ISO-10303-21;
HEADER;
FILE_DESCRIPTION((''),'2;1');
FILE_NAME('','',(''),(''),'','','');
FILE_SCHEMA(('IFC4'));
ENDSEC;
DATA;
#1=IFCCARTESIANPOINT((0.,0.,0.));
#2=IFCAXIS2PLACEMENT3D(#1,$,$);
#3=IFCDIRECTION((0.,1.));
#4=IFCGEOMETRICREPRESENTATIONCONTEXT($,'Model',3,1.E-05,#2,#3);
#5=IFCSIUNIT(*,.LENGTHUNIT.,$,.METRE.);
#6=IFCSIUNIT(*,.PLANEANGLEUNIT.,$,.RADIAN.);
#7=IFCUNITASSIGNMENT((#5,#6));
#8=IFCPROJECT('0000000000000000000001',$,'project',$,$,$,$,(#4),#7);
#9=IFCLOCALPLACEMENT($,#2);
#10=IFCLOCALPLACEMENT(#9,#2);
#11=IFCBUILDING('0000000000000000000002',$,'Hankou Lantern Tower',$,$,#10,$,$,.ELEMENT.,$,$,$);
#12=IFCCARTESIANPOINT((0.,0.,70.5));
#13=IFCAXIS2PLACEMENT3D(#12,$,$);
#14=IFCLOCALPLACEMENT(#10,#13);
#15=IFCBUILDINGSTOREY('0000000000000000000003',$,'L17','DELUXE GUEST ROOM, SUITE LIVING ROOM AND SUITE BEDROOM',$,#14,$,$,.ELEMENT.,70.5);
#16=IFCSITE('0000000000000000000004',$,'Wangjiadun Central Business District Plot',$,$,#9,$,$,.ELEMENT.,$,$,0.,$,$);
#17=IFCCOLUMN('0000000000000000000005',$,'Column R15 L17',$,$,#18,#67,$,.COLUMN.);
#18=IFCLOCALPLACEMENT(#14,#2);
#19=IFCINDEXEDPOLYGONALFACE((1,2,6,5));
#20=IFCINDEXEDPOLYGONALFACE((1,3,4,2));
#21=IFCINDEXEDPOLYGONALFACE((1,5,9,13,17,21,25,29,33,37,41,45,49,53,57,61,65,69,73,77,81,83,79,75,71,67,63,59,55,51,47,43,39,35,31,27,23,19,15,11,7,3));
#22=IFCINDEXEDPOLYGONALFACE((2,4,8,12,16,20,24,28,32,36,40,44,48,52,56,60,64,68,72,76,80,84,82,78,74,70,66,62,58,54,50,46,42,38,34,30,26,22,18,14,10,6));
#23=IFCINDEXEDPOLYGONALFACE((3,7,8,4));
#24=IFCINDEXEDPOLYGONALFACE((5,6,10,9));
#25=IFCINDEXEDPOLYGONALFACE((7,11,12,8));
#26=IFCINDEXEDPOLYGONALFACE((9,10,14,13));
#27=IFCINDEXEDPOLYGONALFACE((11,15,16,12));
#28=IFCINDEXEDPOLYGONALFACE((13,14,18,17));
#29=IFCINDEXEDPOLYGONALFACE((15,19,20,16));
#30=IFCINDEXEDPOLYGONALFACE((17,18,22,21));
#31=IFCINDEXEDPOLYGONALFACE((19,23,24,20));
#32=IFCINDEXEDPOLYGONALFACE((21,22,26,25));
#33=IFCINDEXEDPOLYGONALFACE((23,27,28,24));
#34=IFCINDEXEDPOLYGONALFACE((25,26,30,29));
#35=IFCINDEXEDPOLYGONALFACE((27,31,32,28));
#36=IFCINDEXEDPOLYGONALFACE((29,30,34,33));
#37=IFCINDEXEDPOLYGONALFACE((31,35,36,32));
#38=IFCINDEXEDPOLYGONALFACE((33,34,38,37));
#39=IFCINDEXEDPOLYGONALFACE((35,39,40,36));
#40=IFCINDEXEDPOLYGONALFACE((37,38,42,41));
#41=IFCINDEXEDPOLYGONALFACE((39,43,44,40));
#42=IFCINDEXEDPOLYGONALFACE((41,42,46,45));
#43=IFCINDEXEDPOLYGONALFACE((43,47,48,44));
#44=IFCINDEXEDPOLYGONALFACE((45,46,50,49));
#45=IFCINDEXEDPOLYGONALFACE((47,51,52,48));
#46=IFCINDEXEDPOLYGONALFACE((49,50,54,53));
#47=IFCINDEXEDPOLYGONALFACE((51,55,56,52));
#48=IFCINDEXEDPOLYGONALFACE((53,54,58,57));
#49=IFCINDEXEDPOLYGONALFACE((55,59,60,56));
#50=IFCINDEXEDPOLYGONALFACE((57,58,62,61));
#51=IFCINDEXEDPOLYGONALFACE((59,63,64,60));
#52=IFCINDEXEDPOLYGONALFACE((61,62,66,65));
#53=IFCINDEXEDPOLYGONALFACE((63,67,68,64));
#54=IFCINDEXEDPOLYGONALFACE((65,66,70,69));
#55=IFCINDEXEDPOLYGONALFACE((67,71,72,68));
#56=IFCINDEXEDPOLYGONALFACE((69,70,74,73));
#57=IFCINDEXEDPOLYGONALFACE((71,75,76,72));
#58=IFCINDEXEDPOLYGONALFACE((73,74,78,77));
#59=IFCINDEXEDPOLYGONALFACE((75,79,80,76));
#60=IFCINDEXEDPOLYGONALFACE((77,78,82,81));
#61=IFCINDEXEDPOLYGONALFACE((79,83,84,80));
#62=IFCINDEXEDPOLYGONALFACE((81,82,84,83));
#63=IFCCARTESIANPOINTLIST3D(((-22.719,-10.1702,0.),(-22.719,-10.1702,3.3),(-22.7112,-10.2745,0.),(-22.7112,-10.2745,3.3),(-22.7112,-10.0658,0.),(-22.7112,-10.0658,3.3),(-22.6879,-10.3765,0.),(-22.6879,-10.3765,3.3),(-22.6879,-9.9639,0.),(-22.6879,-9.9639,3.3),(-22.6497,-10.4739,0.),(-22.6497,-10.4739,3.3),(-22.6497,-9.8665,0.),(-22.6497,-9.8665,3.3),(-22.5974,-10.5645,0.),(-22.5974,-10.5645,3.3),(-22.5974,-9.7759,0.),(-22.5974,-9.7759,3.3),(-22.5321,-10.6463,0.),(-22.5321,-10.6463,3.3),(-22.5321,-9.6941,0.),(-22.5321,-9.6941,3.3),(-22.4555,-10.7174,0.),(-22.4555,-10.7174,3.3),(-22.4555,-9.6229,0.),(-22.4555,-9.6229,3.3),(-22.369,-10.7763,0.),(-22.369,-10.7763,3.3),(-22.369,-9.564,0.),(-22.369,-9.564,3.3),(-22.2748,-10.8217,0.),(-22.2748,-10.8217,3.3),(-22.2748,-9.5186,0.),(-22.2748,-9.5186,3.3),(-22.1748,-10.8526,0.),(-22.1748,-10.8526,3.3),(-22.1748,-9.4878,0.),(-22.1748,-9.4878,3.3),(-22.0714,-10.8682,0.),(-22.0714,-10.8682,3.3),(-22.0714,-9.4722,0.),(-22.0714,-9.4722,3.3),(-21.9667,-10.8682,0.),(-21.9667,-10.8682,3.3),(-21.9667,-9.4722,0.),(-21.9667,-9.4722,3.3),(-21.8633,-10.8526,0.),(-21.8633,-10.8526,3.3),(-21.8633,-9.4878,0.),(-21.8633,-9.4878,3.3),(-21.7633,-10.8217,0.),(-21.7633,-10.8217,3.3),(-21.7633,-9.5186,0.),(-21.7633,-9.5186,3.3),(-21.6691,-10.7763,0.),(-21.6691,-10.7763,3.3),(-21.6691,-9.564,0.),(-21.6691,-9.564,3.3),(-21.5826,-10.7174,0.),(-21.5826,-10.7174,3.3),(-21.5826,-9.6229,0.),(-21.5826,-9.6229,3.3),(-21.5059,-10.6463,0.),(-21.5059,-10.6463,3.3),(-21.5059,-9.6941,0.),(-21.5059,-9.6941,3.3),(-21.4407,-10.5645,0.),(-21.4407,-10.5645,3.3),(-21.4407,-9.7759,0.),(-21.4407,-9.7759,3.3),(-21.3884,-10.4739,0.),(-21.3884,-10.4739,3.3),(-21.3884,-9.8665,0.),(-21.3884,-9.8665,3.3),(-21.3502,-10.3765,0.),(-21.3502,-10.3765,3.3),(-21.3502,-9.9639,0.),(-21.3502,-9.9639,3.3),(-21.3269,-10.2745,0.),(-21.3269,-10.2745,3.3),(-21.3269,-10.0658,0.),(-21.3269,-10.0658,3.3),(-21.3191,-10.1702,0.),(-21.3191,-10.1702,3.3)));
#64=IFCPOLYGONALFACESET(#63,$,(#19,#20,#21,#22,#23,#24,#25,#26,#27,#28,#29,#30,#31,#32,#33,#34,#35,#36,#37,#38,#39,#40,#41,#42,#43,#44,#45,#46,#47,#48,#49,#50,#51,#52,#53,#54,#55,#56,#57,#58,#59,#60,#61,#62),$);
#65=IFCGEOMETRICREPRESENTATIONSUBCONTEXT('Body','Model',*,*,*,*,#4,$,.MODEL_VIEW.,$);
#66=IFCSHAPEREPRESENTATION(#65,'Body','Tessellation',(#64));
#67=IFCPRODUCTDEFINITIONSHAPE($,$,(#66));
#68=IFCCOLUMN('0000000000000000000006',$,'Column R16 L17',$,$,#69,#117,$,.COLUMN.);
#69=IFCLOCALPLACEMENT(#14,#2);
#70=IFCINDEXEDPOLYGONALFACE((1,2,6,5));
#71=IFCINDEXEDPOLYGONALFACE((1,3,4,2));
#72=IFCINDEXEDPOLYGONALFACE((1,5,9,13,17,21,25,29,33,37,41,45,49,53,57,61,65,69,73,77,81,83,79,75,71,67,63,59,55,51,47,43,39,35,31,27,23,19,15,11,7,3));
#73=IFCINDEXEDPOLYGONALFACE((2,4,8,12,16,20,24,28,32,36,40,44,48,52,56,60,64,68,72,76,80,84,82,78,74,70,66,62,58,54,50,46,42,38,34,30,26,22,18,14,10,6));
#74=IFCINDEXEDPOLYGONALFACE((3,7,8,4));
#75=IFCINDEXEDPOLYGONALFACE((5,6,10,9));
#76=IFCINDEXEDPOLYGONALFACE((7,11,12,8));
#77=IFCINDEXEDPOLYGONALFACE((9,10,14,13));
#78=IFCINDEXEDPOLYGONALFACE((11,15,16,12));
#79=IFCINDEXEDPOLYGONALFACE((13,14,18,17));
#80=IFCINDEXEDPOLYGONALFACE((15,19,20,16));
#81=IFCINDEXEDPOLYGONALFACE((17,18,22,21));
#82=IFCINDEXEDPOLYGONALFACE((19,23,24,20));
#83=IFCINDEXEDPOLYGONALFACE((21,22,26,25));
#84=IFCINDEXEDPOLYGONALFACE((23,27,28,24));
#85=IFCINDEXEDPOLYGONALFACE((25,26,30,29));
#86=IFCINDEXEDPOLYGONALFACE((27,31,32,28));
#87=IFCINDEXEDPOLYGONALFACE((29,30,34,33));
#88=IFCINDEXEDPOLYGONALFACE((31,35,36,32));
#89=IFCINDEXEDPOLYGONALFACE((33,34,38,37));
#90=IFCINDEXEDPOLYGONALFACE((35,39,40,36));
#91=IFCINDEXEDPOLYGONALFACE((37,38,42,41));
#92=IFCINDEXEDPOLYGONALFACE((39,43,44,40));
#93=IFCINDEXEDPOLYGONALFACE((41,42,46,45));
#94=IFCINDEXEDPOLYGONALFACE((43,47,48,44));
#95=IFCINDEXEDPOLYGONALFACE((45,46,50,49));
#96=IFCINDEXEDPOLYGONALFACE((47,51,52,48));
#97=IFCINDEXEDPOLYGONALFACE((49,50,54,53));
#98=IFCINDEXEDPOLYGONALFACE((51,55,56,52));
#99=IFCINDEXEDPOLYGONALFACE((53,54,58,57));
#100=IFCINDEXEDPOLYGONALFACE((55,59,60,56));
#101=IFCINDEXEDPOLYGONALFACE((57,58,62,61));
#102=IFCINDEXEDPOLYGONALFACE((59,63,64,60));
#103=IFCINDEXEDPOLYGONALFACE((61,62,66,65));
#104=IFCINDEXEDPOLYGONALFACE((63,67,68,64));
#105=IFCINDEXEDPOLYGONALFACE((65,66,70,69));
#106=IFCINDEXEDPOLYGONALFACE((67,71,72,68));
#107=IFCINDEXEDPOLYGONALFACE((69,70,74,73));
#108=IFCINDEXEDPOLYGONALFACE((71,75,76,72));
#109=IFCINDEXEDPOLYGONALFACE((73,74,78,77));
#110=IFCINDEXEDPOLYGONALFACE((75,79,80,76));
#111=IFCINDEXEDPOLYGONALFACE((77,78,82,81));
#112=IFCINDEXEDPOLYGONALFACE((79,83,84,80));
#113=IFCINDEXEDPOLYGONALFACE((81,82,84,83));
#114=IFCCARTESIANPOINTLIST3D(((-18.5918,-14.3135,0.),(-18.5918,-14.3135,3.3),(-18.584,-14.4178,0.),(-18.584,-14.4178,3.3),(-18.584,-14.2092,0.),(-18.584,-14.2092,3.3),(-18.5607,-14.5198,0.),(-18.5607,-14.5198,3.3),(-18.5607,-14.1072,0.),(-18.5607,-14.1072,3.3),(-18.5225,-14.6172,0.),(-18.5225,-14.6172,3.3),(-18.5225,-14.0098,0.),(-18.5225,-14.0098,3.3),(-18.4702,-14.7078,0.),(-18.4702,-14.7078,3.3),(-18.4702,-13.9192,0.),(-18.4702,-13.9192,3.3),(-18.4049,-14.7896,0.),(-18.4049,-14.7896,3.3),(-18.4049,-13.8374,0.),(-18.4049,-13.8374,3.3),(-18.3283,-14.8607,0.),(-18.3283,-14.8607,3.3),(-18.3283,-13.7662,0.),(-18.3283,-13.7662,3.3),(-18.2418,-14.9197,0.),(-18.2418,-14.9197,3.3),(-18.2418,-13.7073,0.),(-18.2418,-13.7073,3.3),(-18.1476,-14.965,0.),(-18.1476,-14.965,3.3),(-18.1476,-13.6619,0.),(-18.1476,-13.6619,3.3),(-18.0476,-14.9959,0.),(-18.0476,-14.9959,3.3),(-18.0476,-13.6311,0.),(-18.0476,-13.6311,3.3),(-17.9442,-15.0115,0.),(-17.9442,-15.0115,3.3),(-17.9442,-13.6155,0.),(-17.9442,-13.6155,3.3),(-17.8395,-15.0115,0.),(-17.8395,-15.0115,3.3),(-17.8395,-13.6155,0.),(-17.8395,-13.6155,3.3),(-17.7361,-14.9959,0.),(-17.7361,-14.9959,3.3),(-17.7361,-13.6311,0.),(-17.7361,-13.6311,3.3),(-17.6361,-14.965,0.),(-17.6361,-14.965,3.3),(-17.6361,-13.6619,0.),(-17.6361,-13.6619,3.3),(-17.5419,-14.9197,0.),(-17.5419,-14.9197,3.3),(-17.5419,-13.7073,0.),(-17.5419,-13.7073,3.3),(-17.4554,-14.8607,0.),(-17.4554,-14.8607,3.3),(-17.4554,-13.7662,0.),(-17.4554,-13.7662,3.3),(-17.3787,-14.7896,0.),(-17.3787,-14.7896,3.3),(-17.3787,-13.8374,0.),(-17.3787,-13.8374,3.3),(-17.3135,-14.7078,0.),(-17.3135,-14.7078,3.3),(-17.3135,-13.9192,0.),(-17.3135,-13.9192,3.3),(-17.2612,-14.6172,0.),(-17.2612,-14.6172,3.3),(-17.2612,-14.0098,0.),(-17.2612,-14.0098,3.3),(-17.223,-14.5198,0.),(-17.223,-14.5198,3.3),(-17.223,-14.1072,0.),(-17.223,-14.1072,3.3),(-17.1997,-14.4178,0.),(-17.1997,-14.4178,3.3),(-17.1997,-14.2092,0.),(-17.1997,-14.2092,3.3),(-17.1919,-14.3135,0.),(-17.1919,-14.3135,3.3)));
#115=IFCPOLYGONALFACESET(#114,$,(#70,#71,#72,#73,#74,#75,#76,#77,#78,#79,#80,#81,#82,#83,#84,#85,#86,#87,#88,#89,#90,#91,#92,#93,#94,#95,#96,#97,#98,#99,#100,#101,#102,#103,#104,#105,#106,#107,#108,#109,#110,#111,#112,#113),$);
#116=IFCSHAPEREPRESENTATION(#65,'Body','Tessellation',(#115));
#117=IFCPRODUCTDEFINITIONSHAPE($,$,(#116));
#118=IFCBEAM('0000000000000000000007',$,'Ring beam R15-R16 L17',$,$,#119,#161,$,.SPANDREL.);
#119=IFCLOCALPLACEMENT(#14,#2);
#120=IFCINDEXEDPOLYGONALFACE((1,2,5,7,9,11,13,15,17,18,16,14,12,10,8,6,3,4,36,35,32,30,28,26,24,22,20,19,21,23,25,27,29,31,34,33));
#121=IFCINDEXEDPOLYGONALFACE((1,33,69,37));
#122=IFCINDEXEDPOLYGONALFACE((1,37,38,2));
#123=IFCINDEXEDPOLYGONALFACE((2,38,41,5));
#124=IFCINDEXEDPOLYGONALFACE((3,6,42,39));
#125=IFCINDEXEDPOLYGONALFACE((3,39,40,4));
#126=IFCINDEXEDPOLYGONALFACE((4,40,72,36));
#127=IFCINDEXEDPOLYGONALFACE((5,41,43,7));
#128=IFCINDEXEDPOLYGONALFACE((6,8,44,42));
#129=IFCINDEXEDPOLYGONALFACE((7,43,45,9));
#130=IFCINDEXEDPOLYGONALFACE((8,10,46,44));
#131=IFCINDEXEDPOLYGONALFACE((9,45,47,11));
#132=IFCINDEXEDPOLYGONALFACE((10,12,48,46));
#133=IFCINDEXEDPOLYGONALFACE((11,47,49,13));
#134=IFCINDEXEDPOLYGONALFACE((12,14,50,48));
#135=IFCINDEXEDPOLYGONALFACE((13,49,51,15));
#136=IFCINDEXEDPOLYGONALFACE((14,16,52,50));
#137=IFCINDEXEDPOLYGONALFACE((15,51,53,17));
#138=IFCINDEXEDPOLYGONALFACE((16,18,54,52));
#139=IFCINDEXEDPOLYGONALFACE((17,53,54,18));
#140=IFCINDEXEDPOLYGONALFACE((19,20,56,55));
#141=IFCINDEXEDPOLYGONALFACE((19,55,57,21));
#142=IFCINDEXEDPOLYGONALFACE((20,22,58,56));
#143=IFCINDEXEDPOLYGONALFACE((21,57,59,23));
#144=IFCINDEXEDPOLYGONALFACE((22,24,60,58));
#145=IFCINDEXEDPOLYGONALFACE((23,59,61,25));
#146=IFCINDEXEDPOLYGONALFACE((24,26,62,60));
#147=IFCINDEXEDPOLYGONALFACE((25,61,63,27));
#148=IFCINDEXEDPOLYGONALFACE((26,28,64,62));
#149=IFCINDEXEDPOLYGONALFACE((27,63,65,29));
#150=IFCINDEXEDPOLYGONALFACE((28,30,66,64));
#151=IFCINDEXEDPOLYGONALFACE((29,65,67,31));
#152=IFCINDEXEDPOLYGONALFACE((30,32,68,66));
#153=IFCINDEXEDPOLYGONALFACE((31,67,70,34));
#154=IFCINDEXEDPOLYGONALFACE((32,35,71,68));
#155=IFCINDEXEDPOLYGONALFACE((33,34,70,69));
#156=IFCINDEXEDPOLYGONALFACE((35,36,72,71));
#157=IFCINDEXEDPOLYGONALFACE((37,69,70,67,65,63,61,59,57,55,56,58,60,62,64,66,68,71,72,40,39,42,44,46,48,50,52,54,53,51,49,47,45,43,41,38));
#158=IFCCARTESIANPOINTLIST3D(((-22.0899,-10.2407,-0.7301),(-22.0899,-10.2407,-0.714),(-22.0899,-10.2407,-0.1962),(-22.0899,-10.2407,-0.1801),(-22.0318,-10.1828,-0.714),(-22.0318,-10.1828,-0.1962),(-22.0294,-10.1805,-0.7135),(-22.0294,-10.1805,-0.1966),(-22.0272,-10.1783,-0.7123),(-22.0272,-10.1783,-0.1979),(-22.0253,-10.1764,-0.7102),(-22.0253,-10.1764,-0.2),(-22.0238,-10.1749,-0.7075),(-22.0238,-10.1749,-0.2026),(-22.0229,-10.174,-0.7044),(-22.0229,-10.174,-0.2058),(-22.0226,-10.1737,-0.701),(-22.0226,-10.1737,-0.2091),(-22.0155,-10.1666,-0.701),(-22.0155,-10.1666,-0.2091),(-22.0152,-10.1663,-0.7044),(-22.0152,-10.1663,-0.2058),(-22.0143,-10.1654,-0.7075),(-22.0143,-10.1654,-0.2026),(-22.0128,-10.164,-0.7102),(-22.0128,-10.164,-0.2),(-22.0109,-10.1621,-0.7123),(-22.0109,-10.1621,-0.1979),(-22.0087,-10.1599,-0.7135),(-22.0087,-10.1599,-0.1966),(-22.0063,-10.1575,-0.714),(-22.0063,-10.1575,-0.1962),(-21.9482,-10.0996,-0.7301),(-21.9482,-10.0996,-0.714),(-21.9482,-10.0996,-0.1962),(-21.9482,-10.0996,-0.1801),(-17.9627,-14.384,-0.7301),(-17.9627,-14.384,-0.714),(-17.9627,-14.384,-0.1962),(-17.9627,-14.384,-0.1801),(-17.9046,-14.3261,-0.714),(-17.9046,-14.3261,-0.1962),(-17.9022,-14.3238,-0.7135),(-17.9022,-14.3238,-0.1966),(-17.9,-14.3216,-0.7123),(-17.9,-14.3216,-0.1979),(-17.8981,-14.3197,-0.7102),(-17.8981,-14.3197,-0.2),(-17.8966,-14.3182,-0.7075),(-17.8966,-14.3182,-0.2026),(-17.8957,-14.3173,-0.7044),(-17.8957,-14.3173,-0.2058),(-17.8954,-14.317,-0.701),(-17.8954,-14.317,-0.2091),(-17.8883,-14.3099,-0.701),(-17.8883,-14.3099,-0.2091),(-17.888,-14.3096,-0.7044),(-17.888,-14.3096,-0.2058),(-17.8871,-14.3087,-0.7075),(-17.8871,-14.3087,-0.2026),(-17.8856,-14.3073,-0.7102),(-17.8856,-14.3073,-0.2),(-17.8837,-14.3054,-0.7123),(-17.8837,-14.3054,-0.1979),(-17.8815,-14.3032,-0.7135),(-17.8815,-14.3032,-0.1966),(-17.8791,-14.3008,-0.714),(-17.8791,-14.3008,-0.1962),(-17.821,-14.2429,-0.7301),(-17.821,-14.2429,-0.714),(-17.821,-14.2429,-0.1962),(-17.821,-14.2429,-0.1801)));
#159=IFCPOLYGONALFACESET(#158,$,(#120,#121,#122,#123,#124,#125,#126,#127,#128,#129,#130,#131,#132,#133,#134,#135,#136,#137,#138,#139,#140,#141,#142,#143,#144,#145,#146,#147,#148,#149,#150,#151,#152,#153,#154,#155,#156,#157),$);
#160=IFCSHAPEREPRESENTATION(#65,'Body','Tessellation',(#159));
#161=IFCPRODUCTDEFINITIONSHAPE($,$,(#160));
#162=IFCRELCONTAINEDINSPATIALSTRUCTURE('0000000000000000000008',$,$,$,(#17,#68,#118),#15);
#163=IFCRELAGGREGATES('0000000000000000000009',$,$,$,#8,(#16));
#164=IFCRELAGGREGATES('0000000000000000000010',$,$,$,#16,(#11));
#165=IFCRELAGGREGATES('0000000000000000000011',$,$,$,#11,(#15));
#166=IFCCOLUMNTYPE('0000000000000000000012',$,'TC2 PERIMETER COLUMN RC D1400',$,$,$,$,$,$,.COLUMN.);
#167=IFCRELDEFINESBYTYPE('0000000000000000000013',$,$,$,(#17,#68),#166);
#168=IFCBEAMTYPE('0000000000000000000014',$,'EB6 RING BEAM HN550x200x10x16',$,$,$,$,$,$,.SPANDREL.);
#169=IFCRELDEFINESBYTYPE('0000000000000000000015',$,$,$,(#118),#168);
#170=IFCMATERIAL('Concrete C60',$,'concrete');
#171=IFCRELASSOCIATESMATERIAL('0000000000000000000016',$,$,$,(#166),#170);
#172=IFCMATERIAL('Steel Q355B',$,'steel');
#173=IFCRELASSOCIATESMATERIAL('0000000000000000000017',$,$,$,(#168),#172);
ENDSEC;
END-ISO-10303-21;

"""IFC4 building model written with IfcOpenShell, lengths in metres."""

from ifc_helpers import new_model, si_unit, direction, frame, origin, origin_2d, place, context, subcontext, project, spatial, circle, i_section, extrude, material, material_profile, profile_set, type_object, element, save


model = new_model("IFC4")

# Units and contexts
model_context = context("Model", 3, precision=1e-05, world=origin(), true_north=direction((0.0, 1.0)))
body_context = subcontext(model_context, "Body", "Model", "MODEL_VIEW")
ifc_project = project(units=[si_unit("LENGTHUNIT", "METRE"), si_unit("PLANEANGLEUNIT", "RADIAN")], contexts=[model_context])

# Site, building, storey
site_placement = place(None, origin())
site = spatial("IfcSite", under=ifc_project, at=site_placement, Name="Wangjiadun Central Business District Plot", CompositionType="ELEMENT", RefElevation=0.0)
building_placement = place(site_placement, origin())
building = spatial("IfcBuilding", under=site, at=building_placement, Name="Hankou Lantern Tower", CompositionType="ELEMENT")
storey_placement = place(building_placement, frame((0.0, 0.0, 70.5)))
storey = spatial("IfcBuildingStorey", under=building, at=storey_placement, Name="L17", Description="DELUXE GUEST ROOM, SUITE LIVING ROOM AND SUITE BEDROOM", CompositionType="ELEMENT", Elevation=70.5)

# Columns
ifc_material_1 = material(Name="Concrete C60", Category="concrete")
ifc_material_profile_1 = material_profile(ifc_material_1, circle(Radius=0.7, at=origin_2d()), Name="RC D1400")
ifc_profile_set_1 = profile_set([ifc_material_profile_1], Name="Concrete C60")
column_type = type_object("IfcColumnType", Name="TC2 PERIMETER COLUMN RC D1400", PredefinedType="COLUMN", material=ifc_profile_set_1)
for number, where, z_axis, x_axis, name in (
    (1, (-22.019, -10.1702, 0.0), (0.0, 0.0, 1.0), (1.0, 0.0, 0.0), "Column R15 L17"),
    (2, (-17.8918, -14.3135, 0.0), (0.0, 0.0, 1.0), (1.0, 0.0, 0.0), "Column R16 L17"),
):
    element("IfcColumn", number, at=place(storey_placement, frame(where, z_axis=z_axis, x_axis=x_axis)), inside=storey, type_object=column_type, Name=name, PredefinedType="COLUMN", context=body_context, shape_type="SweptSolid", body=[
        extrude(circle(Radius=0.7, at=origin_2d()), origin(), (0.0, 0.0, 1.0), 3.3),
    ])

# Beam
ifc_material_2 = material(Name="Steel Q355B", Category="steel")
ifc_material_profile_2 = material_profile(ifc_material_2, i_section(OverallWidth=0.2, OverallDepth=0.55, WebThickness=0.01, FlangeThickness=0.0161, FilletRadius=0.0129, at=origin_2d()), Name="HN550x200x10x16")
ifc_profile_set_2 = profile_set([ifc_material_profile_2], Name="Steel Q355B")
beam_type_1 = type_object("IfcBeamType", Name="EB6 RING BEAM HN550x200x10x16", PredefinedType="SPANDREL", material=ifc_profile_set_2)
beam_1_placement = place(storey_placement, frame((-22.019, -10.1702, -0.4551), z_axis=(0.705728, -0.708483, 0.0), x_axis=(0.708483, 0.705728, 0.0)))
element("IfcBeam", 3, at=beam_1_placement, inside=storey, type_object=beam_type_1, Name="Ring beam R15-R16 L17", PredefinedType="SPANDREL", context=body_context, shape_type="SweptSolid", body=[
    extrude(i_section(OverallWidth=0.2, OverallDepth=0.55, WebThickness=0.01, FlangeThickness=0.0161, FilletRadius=0.0129, at=origin_2d()), origin(), (0.0, 0.0, 1.0), 5.8481),
])

save(model, "model.ifc")
